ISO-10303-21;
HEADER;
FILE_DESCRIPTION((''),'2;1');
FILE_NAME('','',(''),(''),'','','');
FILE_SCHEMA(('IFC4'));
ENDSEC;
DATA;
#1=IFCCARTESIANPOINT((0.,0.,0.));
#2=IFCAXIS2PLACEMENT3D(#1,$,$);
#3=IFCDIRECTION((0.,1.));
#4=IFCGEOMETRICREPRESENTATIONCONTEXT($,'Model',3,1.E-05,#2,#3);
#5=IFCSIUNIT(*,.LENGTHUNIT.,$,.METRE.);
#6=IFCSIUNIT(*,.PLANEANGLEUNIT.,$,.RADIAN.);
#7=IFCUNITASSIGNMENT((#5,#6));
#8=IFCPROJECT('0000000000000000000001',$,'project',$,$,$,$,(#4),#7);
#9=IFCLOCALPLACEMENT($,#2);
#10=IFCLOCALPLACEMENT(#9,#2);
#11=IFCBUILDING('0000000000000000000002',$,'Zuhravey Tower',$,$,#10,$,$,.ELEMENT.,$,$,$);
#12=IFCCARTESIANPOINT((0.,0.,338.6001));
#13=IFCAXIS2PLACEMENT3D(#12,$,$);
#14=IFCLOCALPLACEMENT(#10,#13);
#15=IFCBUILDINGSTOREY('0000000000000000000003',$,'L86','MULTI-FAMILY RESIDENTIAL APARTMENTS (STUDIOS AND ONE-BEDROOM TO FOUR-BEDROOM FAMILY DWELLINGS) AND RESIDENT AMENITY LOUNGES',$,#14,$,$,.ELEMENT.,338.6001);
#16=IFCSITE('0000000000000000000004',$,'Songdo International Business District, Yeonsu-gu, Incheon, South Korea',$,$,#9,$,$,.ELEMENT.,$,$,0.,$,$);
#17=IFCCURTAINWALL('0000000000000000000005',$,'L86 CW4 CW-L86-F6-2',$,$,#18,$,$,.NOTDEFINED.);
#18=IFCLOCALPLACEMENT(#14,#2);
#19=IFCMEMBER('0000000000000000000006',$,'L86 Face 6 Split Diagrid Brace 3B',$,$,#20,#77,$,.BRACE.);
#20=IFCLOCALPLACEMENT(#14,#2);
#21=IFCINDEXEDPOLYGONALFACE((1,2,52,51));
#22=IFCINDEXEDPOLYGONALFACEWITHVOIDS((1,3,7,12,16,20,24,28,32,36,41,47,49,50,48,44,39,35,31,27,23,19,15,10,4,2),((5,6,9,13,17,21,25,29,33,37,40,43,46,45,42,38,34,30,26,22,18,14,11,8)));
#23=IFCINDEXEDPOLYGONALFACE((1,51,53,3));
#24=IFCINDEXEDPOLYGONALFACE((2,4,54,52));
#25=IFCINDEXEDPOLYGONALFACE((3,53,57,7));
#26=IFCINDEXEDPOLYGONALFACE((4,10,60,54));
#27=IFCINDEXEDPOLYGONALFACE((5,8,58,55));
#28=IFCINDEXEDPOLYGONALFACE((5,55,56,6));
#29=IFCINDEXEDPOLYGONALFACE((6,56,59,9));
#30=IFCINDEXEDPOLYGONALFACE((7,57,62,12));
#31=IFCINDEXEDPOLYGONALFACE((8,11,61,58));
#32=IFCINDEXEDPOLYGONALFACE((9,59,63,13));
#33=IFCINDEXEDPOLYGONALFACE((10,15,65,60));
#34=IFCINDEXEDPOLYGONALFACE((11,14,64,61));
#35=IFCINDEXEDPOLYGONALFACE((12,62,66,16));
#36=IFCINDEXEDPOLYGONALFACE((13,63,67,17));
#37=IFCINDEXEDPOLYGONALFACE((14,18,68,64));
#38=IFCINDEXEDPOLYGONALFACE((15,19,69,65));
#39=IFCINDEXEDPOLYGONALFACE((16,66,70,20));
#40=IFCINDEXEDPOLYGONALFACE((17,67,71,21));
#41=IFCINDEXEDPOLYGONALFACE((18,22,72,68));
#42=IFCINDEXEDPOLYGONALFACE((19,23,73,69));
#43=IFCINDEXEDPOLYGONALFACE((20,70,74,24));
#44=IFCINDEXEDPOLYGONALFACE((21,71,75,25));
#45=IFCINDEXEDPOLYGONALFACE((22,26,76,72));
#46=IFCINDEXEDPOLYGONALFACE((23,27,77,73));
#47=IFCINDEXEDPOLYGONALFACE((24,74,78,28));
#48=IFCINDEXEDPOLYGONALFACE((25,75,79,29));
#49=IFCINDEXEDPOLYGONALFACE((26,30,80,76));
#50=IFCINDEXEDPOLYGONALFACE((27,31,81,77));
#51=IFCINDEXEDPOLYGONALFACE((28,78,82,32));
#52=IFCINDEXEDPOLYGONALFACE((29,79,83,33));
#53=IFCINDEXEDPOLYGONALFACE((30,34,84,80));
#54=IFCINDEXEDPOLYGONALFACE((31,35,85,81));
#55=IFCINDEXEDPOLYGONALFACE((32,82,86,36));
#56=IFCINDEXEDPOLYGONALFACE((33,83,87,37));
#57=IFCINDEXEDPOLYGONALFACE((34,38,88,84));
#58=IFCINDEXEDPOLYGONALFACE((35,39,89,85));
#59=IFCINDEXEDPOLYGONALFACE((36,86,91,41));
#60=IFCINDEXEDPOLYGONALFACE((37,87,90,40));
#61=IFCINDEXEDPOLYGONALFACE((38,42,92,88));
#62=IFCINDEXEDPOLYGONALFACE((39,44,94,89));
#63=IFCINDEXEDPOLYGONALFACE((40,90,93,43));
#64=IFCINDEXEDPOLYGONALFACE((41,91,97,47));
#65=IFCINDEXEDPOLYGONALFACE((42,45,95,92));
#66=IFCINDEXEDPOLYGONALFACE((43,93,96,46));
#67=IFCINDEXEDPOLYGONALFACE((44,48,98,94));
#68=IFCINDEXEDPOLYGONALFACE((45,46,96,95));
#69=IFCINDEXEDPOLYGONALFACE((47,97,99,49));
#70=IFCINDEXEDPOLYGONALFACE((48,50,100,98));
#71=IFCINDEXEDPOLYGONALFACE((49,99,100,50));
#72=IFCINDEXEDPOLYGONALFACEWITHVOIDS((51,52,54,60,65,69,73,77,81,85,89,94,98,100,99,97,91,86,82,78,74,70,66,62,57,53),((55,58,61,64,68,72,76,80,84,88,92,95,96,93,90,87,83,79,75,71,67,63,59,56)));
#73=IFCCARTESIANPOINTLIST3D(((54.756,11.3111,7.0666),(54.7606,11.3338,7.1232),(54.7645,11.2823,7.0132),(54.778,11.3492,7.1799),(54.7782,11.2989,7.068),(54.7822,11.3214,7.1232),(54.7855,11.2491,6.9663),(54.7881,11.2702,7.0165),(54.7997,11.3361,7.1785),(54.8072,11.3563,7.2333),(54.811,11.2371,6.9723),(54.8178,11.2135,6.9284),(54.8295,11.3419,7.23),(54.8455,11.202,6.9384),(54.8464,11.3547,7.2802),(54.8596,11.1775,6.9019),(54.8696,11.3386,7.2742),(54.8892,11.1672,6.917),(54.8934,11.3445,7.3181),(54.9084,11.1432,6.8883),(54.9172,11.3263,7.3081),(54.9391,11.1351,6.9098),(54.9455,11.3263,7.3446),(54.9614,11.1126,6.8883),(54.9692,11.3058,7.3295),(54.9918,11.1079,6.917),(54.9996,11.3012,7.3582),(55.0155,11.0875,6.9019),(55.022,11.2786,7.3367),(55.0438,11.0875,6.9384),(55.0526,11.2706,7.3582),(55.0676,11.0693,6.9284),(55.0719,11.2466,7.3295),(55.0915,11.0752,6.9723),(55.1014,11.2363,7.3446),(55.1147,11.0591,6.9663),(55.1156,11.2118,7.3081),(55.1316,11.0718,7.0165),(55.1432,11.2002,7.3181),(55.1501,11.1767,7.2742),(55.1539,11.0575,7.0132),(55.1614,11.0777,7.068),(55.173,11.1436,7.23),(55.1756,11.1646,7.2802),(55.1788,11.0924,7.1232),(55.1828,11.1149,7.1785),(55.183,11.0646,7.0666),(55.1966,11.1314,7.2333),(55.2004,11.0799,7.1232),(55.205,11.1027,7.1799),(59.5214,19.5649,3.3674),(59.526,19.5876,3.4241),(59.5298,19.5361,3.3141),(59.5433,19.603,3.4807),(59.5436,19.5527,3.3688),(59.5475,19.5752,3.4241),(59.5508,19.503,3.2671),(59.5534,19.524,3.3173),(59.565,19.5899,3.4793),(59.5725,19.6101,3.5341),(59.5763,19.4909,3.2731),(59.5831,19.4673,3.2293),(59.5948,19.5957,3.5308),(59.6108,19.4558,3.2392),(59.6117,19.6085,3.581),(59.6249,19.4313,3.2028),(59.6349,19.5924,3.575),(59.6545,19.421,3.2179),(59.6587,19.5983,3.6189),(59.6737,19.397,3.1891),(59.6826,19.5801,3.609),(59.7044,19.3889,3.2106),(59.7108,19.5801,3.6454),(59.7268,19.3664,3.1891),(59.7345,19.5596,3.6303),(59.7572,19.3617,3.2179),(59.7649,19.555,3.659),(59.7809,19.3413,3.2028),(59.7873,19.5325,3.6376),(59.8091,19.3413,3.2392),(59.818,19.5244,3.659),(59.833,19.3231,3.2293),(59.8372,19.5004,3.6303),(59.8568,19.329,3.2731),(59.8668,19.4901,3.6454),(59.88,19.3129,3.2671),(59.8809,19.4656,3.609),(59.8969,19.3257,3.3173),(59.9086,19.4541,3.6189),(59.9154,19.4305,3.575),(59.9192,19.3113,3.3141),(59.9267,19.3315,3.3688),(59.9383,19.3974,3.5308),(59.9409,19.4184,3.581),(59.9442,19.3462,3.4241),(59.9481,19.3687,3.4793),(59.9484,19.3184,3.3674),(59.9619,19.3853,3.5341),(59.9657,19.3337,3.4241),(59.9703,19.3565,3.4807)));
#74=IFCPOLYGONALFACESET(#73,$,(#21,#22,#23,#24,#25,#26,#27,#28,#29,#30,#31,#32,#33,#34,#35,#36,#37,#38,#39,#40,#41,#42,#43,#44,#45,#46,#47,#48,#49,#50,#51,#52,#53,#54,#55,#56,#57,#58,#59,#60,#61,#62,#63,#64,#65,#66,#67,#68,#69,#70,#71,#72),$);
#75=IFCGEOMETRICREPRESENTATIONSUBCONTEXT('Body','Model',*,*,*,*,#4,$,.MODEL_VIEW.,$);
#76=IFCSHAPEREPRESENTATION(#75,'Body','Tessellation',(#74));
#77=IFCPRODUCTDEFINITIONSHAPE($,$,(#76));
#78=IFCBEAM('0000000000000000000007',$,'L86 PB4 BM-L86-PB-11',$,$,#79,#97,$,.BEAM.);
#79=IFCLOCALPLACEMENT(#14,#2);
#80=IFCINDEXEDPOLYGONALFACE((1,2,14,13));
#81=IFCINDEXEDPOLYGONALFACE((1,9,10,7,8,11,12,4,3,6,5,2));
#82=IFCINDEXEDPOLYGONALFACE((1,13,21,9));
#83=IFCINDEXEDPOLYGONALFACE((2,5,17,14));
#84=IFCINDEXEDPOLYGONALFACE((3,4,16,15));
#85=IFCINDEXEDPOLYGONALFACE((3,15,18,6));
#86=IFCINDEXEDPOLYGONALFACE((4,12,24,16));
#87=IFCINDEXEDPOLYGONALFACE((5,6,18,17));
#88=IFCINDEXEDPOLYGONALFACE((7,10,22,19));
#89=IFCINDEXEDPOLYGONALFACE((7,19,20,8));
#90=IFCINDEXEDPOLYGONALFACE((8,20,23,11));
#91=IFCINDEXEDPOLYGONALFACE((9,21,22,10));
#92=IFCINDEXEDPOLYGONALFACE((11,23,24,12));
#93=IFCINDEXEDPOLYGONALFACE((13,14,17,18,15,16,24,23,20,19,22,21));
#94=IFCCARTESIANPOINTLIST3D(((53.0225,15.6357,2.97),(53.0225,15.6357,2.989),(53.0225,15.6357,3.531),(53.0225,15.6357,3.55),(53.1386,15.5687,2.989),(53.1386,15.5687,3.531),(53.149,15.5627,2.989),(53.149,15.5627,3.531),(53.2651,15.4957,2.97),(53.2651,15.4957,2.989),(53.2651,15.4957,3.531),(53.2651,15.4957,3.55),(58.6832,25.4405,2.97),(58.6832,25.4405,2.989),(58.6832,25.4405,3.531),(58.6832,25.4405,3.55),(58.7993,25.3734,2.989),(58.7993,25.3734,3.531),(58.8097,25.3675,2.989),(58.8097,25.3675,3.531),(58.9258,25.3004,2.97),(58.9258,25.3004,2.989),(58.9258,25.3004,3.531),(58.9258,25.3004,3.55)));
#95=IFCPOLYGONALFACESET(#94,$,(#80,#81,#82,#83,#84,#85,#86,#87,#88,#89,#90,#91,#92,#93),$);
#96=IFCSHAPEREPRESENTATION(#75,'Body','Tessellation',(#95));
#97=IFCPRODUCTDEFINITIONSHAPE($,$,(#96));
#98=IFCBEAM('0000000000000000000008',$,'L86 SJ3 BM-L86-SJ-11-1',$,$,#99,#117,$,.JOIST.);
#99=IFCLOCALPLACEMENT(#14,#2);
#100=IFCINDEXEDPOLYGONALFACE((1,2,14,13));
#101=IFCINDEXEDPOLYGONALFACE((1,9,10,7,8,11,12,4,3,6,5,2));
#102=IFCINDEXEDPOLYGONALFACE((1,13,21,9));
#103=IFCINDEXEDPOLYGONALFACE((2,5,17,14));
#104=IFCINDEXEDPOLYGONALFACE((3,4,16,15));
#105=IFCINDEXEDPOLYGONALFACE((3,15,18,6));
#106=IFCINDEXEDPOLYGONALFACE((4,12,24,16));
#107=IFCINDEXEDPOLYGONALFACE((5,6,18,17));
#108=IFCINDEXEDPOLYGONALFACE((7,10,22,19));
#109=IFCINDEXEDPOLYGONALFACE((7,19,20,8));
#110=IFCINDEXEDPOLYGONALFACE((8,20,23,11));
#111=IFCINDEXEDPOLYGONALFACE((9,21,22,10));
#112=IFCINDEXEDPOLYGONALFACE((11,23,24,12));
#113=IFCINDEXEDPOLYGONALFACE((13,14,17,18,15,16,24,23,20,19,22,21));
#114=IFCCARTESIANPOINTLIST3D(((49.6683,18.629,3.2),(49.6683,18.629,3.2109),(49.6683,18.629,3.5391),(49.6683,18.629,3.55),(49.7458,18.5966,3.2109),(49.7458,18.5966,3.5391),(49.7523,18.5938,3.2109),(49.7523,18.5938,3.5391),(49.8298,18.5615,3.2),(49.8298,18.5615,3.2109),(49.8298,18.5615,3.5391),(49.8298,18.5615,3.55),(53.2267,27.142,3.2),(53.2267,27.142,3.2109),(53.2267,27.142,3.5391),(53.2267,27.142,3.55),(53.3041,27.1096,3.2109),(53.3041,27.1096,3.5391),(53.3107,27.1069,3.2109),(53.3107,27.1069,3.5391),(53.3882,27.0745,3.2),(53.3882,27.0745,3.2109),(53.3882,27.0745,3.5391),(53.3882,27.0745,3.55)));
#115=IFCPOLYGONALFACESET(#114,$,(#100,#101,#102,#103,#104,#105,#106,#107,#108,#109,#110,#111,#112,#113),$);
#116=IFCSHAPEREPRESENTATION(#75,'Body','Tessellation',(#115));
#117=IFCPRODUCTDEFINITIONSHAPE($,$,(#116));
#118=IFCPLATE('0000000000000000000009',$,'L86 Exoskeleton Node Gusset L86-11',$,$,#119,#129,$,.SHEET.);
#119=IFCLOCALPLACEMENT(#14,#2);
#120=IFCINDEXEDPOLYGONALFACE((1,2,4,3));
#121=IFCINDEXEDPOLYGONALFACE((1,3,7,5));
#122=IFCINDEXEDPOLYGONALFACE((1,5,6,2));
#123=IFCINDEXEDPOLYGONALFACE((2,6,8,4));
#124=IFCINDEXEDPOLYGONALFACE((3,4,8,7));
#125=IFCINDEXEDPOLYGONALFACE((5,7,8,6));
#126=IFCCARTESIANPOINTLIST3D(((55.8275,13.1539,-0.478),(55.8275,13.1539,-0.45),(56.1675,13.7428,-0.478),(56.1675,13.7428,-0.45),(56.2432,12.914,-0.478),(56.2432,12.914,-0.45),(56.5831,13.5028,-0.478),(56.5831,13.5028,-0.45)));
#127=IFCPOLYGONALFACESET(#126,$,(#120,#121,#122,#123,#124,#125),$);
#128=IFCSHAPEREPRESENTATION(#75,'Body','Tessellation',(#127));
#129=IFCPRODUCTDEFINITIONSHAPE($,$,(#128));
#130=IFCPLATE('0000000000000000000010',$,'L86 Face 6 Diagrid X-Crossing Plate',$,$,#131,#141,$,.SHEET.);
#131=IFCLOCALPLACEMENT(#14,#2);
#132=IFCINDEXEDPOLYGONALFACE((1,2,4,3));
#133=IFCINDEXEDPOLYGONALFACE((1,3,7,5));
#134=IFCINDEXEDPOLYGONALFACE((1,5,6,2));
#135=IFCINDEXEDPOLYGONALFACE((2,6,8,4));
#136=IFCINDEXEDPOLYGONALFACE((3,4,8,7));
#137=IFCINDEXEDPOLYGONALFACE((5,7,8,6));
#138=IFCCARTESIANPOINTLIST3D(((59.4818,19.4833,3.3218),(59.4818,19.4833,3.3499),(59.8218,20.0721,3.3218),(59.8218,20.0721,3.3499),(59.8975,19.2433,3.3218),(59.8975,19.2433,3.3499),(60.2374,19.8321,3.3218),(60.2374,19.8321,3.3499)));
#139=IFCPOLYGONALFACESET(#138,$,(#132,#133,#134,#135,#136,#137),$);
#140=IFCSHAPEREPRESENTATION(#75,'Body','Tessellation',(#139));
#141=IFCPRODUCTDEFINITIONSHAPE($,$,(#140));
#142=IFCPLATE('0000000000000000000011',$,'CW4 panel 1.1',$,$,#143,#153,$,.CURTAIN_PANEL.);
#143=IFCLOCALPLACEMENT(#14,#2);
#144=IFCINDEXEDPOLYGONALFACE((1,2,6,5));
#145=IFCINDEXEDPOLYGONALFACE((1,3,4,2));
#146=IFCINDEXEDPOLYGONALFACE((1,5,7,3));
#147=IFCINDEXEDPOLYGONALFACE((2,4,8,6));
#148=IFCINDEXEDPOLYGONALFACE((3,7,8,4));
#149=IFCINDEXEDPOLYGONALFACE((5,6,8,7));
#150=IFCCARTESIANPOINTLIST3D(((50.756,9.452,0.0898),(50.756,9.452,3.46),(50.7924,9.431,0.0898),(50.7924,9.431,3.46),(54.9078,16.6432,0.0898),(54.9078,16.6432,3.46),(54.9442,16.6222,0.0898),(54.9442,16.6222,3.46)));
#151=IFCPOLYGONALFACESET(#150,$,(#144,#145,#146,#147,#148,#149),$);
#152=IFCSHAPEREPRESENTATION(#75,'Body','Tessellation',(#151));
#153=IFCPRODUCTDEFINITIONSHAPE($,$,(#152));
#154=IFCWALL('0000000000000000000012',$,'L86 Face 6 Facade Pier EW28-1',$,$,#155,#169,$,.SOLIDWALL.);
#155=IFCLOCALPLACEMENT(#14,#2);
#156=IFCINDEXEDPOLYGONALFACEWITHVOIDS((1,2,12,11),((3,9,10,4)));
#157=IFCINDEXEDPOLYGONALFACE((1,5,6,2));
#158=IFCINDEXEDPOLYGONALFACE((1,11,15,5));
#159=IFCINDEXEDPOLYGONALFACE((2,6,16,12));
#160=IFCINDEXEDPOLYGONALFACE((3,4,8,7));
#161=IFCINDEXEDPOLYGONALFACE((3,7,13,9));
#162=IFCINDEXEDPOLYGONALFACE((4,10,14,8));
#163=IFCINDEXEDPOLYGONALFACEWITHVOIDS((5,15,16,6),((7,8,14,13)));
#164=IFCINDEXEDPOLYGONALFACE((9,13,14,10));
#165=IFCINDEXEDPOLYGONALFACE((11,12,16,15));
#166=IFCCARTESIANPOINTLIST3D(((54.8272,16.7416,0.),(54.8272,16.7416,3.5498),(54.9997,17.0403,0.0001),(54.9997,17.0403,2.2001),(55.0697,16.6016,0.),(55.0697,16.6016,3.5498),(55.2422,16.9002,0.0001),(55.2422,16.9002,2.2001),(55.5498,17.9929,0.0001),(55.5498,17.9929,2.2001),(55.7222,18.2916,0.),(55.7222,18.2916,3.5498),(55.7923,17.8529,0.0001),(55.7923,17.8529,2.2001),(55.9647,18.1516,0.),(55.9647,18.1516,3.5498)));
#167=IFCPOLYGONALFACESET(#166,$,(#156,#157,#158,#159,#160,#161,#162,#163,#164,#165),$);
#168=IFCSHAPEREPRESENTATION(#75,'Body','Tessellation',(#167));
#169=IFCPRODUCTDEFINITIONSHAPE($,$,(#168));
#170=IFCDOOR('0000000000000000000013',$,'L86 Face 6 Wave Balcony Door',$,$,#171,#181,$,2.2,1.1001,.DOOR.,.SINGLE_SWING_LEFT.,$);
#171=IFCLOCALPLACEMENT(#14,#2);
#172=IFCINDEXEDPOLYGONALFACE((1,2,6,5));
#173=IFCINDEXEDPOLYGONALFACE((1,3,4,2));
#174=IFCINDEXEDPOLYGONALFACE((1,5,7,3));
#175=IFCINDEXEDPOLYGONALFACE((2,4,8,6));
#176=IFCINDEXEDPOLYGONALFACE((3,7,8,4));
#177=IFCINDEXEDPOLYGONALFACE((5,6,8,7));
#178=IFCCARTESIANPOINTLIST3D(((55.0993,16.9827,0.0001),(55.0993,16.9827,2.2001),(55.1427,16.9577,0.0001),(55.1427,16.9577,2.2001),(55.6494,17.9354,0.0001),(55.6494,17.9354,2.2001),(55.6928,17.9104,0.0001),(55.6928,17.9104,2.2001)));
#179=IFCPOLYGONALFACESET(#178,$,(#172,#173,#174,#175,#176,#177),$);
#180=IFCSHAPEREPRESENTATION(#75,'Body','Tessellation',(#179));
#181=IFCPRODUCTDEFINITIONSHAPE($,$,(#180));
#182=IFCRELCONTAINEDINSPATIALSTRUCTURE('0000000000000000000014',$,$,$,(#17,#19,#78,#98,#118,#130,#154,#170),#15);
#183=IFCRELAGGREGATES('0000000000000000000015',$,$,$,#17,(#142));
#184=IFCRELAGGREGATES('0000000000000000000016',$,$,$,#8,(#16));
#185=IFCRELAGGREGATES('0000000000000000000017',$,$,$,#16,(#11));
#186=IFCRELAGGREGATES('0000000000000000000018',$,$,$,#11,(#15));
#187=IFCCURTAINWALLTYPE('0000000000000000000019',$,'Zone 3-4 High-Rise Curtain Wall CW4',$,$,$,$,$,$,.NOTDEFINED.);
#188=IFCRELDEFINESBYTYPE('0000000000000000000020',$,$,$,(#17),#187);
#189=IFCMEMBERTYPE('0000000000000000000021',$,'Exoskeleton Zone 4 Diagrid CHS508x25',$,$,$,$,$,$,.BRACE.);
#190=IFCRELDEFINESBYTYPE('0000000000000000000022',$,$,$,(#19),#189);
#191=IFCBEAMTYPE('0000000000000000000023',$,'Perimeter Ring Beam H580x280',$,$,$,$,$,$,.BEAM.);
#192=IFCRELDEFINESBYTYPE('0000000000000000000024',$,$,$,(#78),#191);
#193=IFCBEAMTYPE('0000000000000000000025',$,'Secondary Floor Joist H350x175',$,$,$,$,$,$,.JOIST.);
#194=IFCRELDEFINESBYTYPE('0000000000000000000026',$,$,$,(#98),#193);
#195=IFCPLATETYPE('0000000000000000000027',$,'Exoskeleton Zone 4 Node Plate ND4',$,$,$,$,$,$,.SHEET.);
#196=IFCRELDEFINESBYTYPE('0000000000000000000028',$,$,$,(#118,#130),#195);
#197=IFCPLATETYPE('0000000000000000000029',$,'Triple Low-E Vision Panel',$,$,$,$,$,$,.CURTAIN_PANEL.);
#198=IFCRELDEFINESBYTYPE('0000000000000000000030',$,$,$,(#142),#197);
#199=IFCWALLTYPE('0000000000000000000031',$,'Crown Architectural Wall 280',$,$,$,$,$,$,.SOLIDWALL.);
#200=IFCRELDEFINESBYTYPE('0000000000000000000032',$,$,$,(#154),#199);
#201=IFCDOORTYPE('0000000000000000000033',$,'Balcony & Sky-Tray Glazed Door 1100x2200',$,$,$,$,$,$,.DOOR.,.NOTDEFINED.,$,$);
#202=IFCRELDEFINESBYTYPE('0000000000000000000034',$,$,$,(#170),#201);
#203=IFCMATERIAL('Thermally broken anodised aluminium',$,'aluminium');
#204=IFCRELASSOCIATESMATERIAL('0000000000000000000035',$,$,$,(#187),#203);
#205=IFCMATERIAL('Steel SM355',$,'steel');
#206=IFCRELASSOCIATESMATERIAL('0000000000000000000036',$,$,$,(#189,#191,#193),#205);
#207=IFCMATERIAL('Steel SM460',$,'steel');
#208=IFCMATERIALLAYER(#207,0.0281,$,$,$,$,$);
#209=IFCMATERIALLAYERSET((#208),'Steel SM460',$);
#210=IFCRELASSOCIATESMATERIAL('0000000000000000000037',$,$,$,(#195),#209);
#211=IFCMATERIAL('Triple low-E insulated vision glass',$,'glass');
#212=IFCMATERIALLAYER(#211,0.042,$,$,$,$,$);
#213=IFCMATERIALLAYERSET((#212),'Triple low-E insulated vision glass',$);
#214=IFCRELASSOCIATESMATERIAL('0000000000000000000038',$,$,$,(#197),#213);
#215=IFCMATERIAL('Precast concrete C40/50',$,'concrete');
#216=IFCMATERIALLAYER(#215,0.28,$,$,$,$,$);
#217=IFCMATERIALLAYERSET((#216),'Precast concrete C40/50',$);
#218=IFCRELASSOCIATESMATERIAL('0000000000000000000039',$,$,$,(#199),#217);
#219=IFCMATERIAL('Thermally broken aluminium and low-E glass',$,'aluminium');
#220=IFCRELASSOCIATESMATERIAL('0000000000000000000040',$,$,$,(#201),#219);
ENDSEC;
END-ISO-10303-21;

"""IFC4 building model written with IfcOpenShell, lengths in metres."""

from ifc_helpers import new_model, si_unit, direction, frame, frame_2d, origin, origin_2d, place, context, subcontext, project, spatial, rectangle, hollow_circle, i_section, extrude, material, layer, layer_set, material_profile, profile_set, type_object, element, fill, aggregate, save


model = new_model("IFC4")

# Units and contexts
model_context = context("Model", 3, precision=1e-05, world=origin(), true_north=direction((0.0, 1.0)))
body_context = subcontext(model_context, "Body", "Model", "MODEL_VIEW")
ifc_project = project(units=[si_unit("LENGTHUNIT", "METRE"), si_unit("PLANEANGLEUNIT", "RADIAN")], contexts=[model_context])

# Site, building, storey
site_placement = place(None, origin())
site = spatial("IfcSite", under=ifc_project, at=site_placement, Name="Songdo International Business District, Yeonsu-gu, Incheon, South Korea", CompositionType="ELEMENT", RefElevation=0.0)
building_placement = place(site_placement, origin())
building = spatial("IfcBuilding", under=site, at=building_placement, Name="Zuhravey Tower", CompositionType="ELEMENT")
storey_placement = place(building_placement, frame((0.0, 0.0, 338.6001)))
storey = spatial("IfcBuildingStorey", under=building, at=storey_placement, Name="L86", Description="MULTI-FAMILY RESIDENTIAL APARTMENTS (STUDIOS AND ONE-BEDROOM TO FOUR-BEDROOM FAMILY DWELLINGS) AND RESIDENT AMENITY LOUNGES", CompositionType="ELEMENT", Elevation=338.6001)

# Shared definitions
ifc_material_1 = material(Name="Thermally broken anodised aluminium", Category="aluminium")
curtain_wall_type = type_object("IfcCurtainWallType", Name="Zone 3-4 High-Rise Curtain Wall CW4", PredefinedType="NOTDEFINED", material=ifc_material_1)

# Curtain wall
curtain_wall_1_placement = place(storey_placement, origin())
curtain_wall_1 = element("IfcCurtainWall", 1, at=curtain_wall_1_placement, inside=storey, type_object=curtain_wall_type, Name="L86 CW4 CW-L86-F6-2", PredefinedType="NOTDEFINED")

# Member
ifc_material_2 = material(Name="Steel SM355", Category="steel")
ifc_material_profile_1 = material_profile(ifc_material_2, hollow_circle(Radius=0.2539, WallThickness=0.0249, at=origin_2d()), Name="CHS-508.0x25")
ifc_profile_set_1 = profile_set([ifc_material_profile_1], Name="Steel SM355")
member_type_1 = type_object("IfcMemberType", Name="Exoskeleton Zone 4 Diagrid CHS508x25", PredefinedType="BRACE", material=ifc_profile_set_1)
member_1_placement = place(storey_placement, frame((59.7458, 19.4607, 3.4241), z_axis=(-0.46612, -0.807346, 0.361835), x_axis=(0.866026, -0.499999, 0.0)))
element("IfcMember", 2, at=member_1_placement, inside=storey, type_object=member_type_1, Name="L86 Face 6 Split Diagrid Brace 3B", PredefinedType="BRACE", context=body_context, shape_type="SweptSolid", body=[
    extrude(hollow_circle(Radius=0.2539, WallThickness=0.0249, at=origin_2d()), origin(), (0.0, 0.0, 1.0), 10.2234),
])

# Beams
ifc_material_profile_2 = material_profile(ifc_material_2, i_section(OverallWidth=0.28, OverallDepth=0.5801, WebThickness=0.012, FlangeThickness=0.019, at=origin_2d()), Name="H-580x280x12x19")
ifc_profile_set_2 = profile_set([ifc_material_profile_2], Name="Steel SM355")
beam_type_1 = type_object("IfcBeamType", Name="Perimeter Ring Beam H580x280", PredefinedType="BEAM", material=ifc_profile_set_2)
beam_1_placement = place(storey_placement, frame((53.1438, 15.5657, 3.26), z_axis=(0.499994, 0.866029, 0.0), x_axis=(-0.866029, 0.499994, 0.0)))
element("IfcBeam", 3, at=beam_1_placement, inside=storey, type_object=beam_type_1, Name="L86 PB4 BM-L86-PB-11", PredefinedType="BEAM", context=body_context, shape_type="SweptSolid", body=[
    extrude(i_section(OverallWidth=0.28, OverallDepth=0.5801, WebThickness=0.012, FlangeThickness=0.019, at=origin_2d()), origin(), (0.0, 0.0, 1.0), 11.3215),
])
ifc_material_profile_3 = material_profile(ifc_material_2, i_section(OverallWidth=0.175, OverallDepth=0.3501, WebThickness=0.0071, FlangeThickness=0.011, at=origin_2d()), Name="H-350x175x7x11")
ifc_profile_set_3 = profile_set([ifc_material_profile_3], Name="Steel SM355")
beam_type_2 = type_object("IfcBeamType", Name="Secondary Floor Joist H350x175", PredefinedType="JOIST", material=ifc_profile_set_3)
beam_2_placement = place(storey_placement, frame((49.749, 18.5952, 3.375), z_axis=(0.385658, 0.922642, 0.0), x_axis=(-0.922642, 0.385658, 0.0)))
element("IfcBeam", 4, at=beam_2_placement, inside=storey, type_object=beam_type_2, Name="L86 SJ3 BM-L86-SJ-11-1", PredefinedType="JOIST", context=body_context, shape_type="SweptSolid", body=[
    extrude(i_section(OverallWidth=0.175, OverallDepth=0.3501, WebThickness=0.0071, FlangeThickness=0.011, at=origin_2d()), origin(), (0.0, 0.0, 1.0), 9.2268),
])

# Plates
ifc_material_3 = material(Name="Steel SM460", Category="steel")
ifc_layer_1 = layer(ifc_material_3, 0.0281)
ifc_layer_set_1 = layer_set([ifc_layer_1], Name="Steel SM460")
plate_type_1 = type_object("IfcPlateType", Name="Exoskeleton Zone 4 Node Plate ND4", PredefinedType="SHEET", material=ifc_layer_set_1)
for number, where, z_axis, x_axis, name in (
    (5, (56.2053, 13.3284, -0.478), (0.0, 0.0, 1.0), (0.5, 0.866025, 0.0), "L86 Exoskeleton Node Gusset L86-11"),
    (6, (59.8596, 19.6577, 3.3218), (0.0, 0.0, 1.0), (0.5, 0.866025, 0.0), "L86 Face 6 Diagrid X-Crossing Plate"),
):
    element("IfcPlate", number, at=place(storey_placement, frame(where, z_axis=z_axis, x_axis=x_axis)), inside=storey, type_object=plate_type_1, Name=name, PredefinedType="SHEET", context=body_context, shape_type="SweptSolid", body=[
        extrude(rectangle(XDim=0.6799, YDim=0.48, at=origin_2d()), origin(), (0.0, 0.0, 1.0), 0.0281),
    ])

# Plate
ifc_material_4 = material(Name="Triple low-E insulated vision glass", Category="glass")
ifc_layer_2 = layer(ifc_material_4, 0.042)
ifc_layer_set_2 = layer_set([ifc_layer_2], Name="Triple low-E insulated vision glass")
plate_type_2 = type_object("IfcPlateType", Name="Triple Low-E Vision Panel", PredefinedType="CURTAIN_PANEL", material=ifc_layer_set_2)
plate_placement = place(storey_placement, frame((52.8501, 13.0371, 0.0898), z_axis=(0.0, 0.0, 1.0), x_axis=(-0.499999, -0.866026, 0.0)))
plate = element("IfcPlate", 7, at=plate_placement, type_object=plate_type_2, Name="CW4 panel 1.1", PredefinedType="CURTAIN_PANEL", context=body_context, shape_type="SweptSolid", body=[
    extrude(rectangle(XDim=8.3037, YDim=0.042, at=origin_2d()), origin(), (0.0, 0.0, 1.0), 3.3701),
])
aggregate(curtain_wall_1, [plate])

# Wall, opening, door
ifc_material_5 = material(Name="Precast concrete C40/50", Category="concrete")
ifc_layer_3 = layer(ifc_material_5, 0.28)
ifc_layer_set_3 = layer_set([ifc_layer_3], Name="Precast concrete C40/50")
wall_type_1 = type_object("IfcWallType", Name="Crown Architectural Wall 280", PredefinedType="SOLIDWALL", material=ifc_layer_set_3)
wall_1_placement = place(storey_placement, frame((55.8435, 18.2217, 0.0), z_axis=(0.0, 0.0, 1.0), x_axis=(-0.500041, -0.866002, 0.0)))
wall_1 = element("IfcWall", 8, at=wall_1_placement, inside=storey, type_object=wall_type_1, Name="L86 Face 6 Facade Pier EW28-1", PredefinedType="SOLIDWALL", context=body_context, shape_type="SweptSolid", body=[
    extrude(rectangle(XDim=1.7898, YDim=0.28, at=frame_2d((0.895, 0.0))), origin(), (0.0, 0.0, 1.0), 3.5498),
])
opening_1_placement = place(wall_1_placement, frame((0.345, 0.0, 0.0)))
opening_1 = element("IfcOpeningElement", 9, at=opening_1_placement, cuts=wall_1, PredefinedType="OPENING", context=body_context, shape_type="SweptSolid", body=[
    extrude(rectangle(XDim=1.1001, YDim=2.2, at=frame_2d((0.55, 1.1001))), frame((0.0, 0.1521, 0.0), z_axis=(0.0, -1.0, 0.0), x_axis=(1.0, 0.0, 0.0)), (0.0, 0.0, 1.0), 0.304),
])
ifc_material_6 = material(Name="Thermally broken aluminium and low-E glass", Category="aluminium")
door_type_1 = type_object("IfcDoorType", Name="Balcony & Sky-Tray Glazed Door 1100x2200", OperationType="NOTDEFINED", PredefinedType="DOOR", material=ifc_material_6)
door_1_placement = place(opening_1_placement, frame((1.1001, 0.0, 0.0), z_axis=(0.0, 0.0, 1.0), x_axis=(-1.0, 0.0, 0.0)))
door_1 = element("IfcDoor", 10, at=door_1_placement, inside=storey, type_object=door_type_1, Name="L86 Face 6 Wave Balcony Door", OperationType="SINGLE_SWING_LEFT", OverallHeight=2.2, OverallWidth=1.1001, PredefinedType="DOOR", context=body_context, shape_type="SweptSolid", body=[
    extrude(rectangle(XDim=1.1001, YDim=2.2, at=frame_2d((0.55, 1.1001))), frame((0.0, 0.0249, 0.0), z_axis=(0.0, -1.0, 0.0), x_axis=(1.0, 0.0, 0.0)), (0.0, 0.0, 1.0), 0.05),
])
fill(opening_1, door_1)

save(model, "model.ifc")
